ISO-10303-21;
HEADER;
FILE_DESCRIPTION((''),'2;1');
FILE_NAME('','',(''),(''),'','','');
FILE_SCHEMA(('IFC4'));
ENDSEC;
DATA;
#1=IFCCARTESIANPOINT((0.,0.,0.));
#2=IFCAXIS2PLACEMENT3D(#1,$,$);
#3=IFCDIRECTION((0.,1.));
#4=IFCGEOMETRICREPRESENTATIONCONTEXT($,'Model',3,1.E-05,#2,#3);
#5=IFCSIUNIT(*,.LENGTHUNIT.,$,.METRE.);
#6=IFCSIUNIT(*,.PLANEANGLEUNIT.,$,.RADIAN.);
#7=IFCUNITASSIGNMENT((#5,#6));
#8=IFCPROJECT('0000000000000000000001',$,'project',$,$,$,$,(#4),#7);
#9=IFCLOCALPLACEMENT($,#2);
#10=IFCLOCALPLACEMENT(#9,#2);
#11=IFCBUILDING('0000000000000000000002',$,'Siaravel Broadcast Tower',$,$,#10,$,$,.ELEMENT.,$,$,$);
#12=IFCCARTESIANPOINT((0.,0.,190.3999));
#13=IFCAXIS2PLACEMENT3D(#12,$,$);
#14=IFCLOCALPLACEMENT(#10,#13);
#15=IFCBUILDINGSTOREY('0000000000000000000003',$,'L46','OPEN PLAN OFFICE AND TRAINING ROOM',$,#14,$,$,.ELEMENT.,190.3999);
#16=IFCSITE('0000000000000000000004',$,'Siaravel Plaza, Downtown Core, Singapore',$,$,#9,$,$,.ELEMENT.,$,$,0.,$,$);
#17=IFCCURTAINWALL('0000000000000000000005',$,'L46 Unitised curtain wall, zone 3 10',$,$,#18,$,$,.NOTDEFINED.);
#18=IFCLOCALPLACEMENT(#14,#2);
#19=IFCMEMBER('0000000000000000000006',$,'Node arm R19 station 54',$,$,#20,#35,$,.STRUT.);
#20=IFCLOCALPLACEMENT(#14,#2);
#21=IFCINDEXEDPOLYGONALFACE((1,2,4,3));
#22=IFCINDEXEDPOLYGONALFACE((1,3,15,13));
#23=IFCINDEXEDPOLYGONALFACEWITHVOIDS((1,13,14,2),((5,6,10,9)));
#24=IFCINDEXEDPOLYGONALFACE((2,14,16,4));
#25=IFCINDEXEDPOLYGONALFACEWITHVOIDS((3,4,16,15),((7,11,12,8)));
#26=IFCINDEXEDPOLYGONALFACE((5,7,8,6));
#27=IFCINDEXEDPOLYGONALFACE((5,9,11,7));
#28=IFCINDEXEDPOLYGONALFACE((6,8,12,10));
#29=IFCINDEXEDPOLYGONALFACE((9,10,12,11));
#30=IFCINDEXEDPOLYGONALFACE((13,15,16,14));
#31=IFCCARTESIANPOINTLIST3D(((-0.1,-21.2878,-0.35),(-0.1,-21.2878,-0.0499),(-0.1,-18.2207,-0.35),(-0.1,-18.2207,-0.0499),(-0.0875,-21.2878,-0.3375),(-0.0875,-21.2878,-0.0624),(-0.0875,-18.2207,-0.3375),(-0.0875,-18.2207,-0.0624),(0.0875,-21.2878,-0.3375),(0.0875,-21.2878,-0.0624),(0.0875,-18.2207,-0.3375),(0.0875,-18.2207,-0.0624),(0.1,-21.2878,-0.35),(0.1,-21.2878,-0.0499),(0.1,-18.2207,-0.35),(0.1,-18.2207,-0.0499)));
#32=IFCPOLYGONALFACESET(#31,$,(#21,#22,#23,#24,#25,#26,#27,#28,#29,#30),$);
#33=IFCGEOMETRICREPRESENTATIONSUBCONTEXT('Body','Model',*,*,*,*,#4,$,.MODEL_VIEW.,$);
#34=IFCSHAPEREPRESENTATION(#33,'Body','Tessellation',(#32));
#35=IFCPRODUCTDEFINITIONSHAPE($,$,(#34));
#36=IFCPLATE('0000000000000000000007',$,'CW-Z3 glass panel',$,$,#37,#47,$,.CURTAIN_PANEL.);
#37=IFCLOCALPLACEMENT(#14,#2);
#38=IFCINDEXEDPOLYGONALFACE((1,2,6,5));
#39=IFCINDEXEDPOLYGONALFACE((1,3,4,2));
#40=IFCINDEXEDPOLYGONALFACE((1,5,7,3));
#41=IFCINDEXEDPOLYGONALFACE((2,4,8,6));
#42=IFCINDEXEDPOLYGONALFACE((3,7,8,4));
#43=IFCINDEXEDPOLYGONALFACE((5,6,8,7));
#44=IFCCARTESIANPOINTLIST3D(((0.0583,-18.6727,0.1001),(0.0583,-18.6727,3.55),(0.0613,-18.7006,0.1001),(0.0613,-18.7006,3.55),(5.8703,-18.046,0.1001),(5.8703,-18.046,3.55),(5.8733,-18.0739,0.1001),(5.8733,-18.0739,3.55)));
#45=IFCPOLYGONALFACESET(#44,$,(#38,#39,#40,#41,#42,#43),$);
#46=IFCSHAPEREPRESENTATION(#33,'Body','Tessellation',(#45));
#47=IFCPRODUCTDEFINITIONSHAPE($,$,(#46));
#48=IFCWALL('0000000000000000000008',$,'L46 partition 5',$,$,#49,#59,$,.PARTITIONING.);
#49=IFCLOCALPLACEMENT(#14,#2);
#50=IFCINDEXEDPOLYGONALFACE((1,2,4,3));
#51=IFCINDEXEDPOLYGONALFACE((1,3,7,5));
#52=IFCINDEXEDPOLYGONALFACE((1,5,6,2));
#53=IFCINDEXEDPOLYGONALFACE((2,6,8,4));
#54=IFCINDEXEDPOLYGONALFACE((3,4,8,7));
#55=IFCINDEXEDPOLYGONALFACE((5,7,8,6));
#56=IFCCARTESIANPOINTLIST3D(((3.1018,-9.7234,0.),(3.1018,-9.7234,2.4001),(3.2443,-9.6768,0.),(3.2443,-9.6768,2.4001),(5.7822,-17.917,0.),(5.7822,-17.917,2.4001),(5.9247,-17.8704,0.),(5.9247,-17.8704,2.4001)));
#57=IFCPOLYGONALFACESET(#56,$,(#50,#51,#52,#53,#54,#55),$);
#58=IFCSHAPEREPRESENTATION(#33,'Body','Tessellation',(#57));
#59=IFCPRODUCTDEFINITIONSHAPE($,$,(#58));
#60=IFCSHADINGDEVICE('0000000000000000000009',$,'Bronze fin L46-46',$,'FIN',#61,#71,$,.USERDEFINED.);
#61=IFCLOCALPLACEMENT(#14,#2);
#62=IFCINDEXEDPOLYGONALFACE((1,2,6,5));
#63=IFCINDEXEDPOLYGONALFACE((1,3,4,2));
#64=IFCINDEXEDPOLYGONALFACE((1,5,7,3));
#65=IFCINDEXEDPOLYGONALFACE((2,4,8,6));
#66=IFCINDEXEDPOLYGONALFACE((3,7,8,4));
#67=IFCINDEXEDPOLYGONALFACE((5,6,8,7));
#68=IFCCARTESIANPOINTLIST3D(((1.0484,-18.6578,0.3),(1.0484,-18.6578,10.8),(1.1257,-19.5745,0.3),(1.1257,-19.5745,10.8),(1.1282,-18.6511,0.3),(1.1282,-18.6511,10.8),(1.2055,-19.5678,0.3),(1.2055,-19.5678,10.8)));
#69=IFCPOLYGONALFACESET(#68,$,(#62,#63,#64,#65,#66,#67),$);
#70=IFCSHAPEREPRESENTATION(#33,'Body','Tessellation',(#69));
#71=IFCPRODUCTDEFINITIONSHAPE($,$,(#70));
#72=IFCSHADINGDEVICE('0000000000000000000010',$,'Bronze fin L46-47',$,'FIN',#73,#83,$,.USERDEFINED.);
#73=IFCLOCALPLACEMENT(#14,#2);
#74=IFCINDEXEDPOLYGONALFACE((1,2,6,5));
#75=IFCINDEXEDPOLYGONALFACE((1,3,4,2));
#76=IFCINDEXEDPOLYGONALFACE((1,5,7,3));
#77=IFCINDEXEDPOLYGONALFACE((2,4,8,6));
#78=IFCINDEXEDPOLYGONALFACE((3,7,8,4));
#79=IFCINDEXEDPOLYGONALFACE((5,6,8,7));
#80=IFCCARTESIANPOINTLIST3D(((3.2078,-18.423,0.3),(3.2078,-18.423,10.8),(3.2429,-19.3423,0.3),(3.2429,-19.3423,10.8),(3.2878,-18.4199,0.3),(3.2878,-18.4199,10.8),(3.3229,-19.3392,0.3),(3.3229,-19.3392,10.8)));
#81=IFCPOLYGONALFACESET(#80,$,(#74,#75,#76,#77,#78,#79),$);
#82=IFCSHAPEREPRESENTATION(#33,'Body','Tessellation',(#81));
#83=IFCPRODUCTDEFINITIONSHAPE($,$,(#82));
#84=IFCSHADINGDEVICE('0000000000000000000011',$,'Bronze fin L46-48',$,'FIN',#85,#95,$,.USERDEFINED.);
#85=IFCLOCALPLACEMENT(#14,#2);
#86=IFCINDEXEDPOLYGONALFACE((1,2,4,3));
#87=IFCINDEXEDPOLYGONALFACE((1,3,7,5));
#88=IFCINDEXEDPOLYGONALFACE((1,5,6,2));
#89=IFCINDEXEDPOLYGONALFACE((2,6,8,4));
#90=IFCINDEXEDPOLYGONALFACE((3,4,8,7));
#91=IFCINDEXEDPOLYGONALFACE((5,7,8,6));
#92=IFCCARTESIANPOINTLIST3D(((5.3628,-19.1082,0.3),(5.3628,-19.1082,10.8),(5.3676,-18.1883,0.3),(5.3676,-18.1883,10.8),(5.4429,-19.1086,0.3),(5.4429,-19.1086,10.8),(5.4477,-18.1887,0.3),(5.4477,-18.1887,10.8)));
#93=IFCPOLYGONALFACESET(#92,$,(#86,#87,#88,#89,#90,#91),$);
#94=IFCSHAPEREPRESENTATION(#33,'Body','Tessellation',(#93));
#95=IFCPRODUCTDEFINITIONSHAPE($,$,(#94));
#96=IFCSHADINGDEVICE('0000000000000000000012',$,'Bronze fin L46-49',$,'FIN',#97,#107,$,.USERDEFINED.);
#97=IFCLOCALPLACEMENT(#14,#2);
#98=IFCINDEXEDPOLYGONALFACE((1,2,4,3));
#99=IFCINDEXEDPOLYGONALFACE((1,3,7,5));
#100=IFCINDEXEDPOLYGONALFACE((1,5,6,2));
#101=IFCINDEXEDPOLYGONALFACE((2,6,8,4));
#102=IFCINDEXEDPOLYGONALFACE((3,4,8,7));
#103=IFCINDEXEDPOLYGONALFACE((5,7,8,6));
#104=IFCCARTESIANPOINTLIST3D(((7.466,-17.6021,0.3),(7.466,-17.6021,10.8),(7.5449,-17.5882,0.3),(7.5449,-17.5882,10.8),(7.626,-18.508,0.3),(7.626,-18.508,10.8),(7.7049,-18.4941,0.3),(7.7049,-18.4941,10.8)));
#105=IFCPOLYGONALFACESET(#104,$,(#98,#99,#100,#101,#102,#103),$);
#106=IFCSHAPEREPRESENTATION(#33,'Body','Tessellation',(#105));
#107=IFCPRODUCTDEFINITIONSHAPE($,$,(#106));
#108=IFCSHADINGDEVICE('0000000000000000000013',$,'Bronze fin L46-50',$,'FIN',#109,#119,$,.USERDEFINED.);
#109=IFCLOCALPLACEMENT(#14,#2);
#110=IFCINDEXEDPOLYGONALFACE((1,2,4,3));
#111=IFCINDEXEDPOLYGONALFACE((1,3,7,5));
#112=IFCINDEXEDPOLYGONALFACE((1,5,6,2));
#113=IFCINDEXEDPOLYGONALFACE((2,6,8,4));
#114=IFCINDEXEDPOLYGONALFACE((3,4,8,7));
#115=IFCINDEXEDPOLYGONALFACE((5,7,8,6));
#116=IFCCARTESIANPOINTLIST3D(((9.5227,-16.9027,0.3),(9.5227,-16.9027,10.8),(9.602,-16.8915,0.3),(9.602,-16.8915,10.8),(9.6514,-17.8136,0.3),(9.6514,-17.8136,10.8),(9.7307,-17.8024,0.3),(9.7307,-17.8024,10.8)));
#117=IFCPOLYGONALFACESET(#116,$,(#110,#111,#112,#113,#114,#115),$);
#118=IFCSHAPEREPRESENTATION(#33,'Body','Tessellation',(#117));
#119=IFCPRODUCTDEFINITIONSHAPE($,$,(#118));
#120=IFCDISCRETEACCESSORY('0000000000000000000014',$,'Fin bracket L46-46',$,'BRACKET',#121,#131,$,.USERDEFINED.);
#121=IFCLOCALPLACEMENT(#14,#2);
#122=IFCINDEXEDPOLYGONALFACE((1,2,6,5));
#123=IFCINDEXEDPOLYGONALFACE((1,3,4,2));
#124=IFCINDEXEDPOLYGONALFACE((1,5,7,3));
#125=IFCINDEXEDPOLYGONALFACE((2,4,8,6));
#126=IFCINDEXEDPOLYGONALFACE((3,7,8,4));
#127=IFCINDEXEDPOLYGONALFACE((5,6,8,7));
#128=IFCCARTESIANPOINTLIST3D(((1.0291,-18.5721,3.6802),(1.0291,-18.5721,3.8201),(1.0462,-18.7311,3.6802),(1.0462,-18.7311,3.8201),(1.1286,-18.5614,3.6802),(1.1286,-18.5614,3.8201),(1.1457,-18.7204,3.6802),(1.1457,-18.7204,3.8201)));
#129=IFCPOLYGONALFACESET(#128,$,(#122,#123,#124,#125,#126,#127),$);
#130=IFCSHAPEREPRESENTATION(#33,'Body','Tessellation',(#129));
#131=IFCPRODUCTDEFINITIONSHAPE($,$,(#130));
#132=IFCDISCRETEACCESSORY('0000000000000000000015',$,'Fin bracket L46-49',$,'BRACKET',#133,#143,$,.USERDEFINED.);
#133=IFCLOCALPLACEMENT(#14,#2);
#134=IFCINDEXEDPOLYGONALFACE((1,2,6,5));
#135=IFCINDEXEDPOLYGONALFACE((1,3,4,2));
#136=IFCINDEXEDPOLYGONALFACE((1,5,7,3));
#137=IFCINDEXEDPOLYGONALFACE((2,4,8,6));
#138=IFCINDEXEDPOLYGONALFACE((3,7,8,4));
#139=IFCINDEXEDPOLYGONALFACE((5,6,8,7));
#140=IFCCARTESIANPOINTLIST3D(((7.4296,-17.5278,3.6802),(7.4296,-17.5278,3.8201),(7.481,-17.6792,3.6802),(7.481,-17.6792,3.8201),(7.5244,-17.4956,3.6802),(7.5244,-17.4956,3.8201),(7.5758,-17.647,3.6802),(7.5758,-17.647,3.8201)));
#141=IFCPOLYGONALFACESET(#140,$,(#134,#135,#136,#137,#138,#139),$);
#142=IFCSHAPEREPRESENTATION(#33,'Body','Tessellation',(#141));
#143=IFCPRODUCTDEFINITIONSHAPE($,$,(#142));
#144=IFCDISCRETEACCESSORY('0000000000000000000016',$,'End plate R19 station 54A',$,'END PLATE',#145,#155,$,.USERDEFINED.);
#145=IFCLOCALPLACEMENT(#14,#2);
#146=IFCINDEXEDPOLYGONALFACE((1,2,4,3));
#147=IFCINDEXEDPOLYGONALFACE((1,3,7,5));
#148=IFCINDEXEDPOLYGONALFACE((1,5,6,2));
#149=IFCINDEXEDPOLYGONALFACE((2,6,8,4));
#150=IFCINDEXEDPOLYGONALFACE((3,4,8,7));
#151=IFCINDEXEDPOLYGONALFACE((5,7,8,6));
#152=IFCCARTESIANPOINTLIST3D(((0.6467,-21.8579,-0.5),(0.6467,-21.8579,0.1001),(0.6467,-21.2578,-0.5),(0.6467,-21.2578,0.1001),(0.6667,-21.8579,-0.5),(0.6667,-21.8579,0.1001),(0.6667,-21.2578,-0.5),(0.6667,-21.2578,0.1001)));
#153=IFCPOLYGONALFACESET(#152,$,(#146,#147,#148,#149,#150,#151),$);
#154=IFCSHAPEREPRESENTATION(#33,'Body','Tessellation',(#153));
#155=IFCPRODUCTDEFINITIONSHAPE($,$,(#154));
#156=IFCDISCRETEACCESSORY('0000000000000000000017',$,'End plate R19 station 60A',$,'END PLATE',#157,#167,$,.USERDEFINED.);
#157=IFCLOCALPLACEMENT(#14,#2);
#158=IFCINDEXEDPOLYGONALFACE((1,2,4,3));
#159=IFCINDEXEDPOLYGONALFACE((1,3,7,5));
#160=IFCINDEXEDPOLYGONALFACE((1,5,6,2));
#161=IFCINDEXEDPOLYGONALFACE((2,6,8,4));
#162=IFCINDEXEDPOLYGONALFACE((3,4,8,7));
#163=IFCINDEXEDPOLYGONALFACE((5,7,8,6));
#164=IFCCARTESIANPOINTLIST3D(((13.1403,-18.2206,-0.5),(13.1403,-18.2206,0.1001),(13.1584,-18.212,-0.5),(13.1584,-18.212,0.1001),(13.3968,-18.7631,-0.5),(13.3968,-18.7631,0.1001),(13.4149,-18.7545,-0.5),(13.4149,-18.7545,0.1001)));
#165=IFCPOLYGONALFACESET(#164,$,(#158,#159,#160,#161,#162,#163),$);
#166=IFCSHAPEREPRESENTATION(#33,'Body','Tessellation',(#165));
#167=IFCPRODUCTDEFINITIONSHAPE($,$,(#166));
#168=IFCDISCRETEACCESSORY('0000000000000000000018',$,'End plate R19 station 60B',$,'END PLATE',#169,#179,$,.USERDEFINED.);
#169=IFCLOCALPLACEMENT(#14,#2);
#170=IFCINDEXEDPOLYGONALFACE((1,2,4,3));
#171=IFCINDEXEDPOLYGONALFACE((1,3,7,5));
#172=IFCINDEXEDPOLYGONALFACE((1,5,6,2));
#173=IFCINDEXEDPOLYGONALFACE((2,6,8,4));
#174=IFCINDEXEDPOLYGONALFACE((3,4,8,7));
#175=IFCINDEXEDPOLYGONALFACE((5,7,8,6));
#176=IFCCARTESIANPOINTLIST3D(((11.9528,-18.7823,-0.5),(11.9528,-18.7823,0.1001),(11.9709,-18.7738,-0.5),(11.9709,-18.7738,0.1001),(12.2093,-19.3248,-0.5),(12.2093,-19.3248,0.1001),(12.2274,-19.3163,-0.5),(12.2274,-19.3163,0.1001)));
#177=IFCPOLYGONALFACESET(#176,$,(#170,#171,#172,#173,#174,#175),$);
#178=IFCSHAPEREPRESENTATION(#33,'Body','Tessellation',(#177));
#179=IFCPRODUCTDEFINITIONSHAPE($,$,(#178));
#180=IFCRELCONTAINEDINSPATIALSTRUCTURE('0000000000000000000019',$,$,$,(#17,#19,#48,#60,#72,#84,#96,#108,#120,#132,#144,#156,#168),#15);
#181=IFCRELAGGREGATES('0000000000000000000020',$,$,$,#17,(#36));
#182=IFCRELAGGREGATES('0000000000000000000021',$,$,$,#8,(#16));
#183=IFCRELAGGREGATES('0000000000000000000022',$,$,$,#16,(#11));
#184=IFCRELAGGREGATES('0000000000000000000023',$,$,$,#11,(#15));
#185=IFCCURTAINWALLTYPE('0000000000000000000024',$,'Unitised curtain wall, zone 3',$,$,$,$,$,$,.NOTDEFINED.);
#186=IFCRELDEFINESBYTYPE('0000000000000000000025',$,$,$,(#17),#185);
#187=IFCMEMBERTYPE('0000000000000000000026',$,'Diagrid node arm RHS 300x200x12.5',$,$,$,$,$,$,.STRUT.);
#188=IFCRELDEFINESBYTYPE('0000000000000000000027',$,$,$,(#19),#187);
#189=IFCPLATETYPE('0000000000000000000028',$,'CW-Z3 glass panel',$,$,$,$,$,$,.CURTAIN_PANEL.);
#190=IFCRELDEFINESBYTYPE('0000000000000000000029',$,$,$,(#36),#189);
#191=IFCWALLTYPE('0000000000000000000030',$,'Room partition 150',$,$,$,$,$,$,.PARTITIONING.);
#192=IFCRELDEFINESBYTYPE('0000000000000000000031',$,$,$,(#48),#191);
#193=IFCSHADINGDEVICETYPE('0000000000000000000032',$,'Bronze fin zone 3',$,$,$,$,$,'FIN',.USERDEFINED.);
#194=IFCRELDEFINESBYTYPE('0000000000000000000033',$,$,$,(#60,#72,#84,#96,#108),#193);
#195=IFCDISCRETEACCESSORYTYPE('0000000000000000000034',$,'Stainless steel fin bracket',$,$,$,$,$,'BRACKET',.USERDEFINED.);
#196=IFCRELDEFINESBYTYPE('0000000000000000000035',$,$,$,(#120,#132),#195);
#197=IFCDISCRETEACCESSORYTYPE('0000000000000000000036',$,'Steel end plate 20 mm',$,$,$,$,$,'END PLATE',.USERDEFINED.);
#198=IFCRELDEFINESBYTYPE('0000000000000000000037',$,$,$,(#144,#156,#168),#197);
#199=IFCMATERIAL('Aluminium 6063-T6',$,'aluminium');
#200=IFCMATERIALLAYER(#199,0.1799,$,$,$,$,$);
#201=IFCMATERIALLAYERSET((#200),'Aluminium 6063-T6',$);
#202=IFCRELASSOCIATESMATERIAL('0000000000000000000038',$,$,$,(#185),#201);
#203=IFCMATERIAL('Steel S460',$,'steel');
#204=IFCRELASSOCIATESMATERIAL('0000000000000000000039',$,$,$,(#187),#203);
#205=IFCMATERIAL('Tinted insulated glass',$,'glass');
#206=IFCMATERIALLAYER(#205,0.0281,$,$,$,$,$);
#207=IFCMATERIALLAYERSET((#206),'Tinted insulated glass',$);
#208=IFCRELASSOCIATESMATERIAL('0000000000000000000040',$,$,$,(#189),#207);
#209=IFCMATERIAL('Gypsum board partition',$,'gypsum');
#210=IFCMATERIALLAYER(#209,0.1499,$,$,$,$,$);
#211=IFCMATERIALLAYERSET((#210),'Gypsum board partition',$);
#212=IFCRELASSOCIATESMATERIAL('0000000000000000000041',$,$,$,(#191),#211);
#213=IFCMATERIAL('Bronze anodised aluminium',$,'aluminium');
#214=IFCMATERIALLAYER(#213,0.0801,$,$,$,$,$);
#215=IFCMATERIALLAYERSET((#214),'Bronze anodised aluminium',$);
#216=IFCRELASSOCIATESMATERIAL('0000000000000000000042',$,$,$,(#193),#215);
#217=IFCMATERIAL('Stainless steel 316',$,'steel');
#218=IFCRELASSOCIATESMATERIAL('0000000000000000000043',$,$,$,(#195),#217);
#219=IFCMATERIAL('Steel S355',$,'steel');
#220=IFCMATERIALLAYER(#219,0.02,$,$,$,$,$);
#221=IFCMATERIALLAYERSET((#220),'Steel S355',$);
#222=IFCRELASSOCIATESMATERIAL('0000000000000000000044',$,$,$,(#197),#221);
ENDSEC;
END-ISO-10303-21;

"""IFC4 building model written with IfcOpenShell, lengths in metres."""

from ifc_helpers import new_model, si_unit, direction, frame, frame_2d, origin, origin_2d, place, context, subcontext, project, spatial, rectangle, hollow_rectangle, extrude, material, layer, layer_set, material_profile, profile_set, type_object, element, aggregate, save


model = new_model("IFC4")

# Units and contexts
model_context = context("Model", 3, precision=1e-05, world=origin(), true_north=direction((0.0, 1.0)))
body_context = subcontext(model_context, "Body", "Model", "MODEL_VIEW")
ifc_project = project(units=[si_unit("LENGTHUNIT", "METRE"), si_unit("PLANEANGLEUNIT", "RADIAN")], contexts=[model_context])

# Site, building, storey
site_placement = place(None, origin())
site = spatial("IfcSite", under=ifc_project, at=site_placement, Name="Siaravel Plaza, Downtown Core, Singapore", CompositionType="ELEMENT", RefElevation=0.0)
building_placement = place(site_placement, origin())
building = spatial("IfcBuilding", under=site, at=building_placement, Name="Siaravel Broadcast Tower", CompositionType="ELEMENT")
storey_placement = place(building_placement, frame((0.0, 0.0, 190.3999)))
storey = spatial("IfcBuildingStorey", under=building, at=storey_placement, Name="L46", Description="OPEN PLAN OFFICE AND TRAINING ROOM", CompositionType="ELEMENT", Elevation=190.3999)

# Shared definitions
ifc_material_1 = material(Name="Steel S355", Category="steel")

# Curtain wall
ifc_material_2 = material(Name="Aluminium 6063-T6", Category="aluminium")
ifc_layer_1 = layer(ifc_material_2, 0.1799)
ifc_layer_set_1 = layer_set([ifc_layer_1], Name="Aluminium 6063-T6")
curtain_wall_type = type_object("IfcCurtainWallType", Name="Unitised curtain wall, zone 3", PredefinedType="NOTDEFINED", material=ifc_layer_set_1)
curtain_wall_placement = place(storey_placement, origin())
curtain_wall = element("IfcCurtainWall", 1, at=curtain_wall_placement, inside=storey, type_object=curtain_wall_type, Name="L46 Unitised curtain wall, zone 3 10", PredefinedType="NOTDEFINED")

# Member
ifc_material_3 = material(Name="Steel S460", Category="steel")
ifc_material_profile_1 = material_profile(ifc_material_3, hollow_rectangle(XDim=0.2, YDim=0.3, WallThickness=0.0125, at=origin_2d()))
ifc_profile_set_1 = profile_set([ifc_material_profile_1], Name="Steel S460")
member_type_1 = type_object("IfcMemberType", Name="Diagrid node arm RHS 300x200x12.5", PredefinedType="STRUT", material=ifc_profile_set_1)
member_1_placement = place(storey_placement, frame((0.0, -18.2207, -0.2), z_axis=(0.0, -1.0, 0.0), x_axis=(1.0, 0.0, 0.0)))
element("IfcMember", 2, at=member_1_placement, inside=storey, type_object=member_type_1, Name="Node arm R19 station 54", PredefinedType="STRUT", context=body_context, shape_type="SweptSolid", body=[
    extrude(hollow_rectangle(XDim=0.2, YDim=0.3, WallThickness=0.0125, at=origin_2d()), origin(), (0.0, 0.0, 1.0), 3.0671),
])

# Plate
ifc_material_4 = material(Name="Tinted insulated glass", Category="glass")
ifc_layer_2 = layer(ifc_material_4, 0.0281)
ifc_layer_set_2 = layer_set([ifc_layer_2], Name="Tinted insulated glass")
plate_type = type_object("IfcPlateType", Name="CW-Z3 glass panel", PredefinedType="CURTAIN_PANEL", material=ifc_layer_set_2)
plate_placement = place(storey_placement, frame((2.9658, -18.3733, 0.1001), z_axis=(0.0, 0.0, 1.0), x_axis=(0.994236, 0.107217, 0.0)))
plate = element("IfcPlate", 3, at=plate_placement, type_object=plate_type, Name="CW-Z3 glass panel", PredefinedType="CURTAIN_PANEL", context=body_context, shape_type="SweptSolid", body=[
    extrude(rectangle(XDim=5.8457, YDim=0.0281, at=origin_2d()), origin(), (0.0, 0.0, 1.0), 3.45),
])
aggregate(curtain_wall, [plate])

# Wall
ifc_material_5 = material(Name="Gypsum board partition", Category="gypsum")
ifc_layer_3 = layer(ifc_material_5, 0.1499)
ifc_layer_set_3 = layer_set([ifc_layer_3], Name="Gypsum board partition")
wall_type = type_object("IfcWallType", Name="Room partition 150", PredefinedType="PARTITIONING", material=ifc_layer_set_3)
wall_placement = place(storey_placement, frame((5.8535, -17.8938, 0.0), z_axis=(0.0, 0.0, 1.0), x_axis=(-0.310921, 0.950436, 0.0)))
element("IfcWall", 4, at=wall_placement, inside=storey, type_object=wall_type, Name="L46 partition 5", PredefinedType="PARTITIONING", context=body_context, shape_type="SweptSolid", body=[
    extrude(rectangle(XDim=8.6208, YDim=0.1499, at=frame_2d((4.3105, 0.0))), origin(), (0.0, 0.0, 1.0), 2.4001),
])

# Shading devices
ifc_material_6 = material(Name="Bronze anodised aluminium", Category="aluminium")
ifc_layer_4 = layer(ifc_material_6, 0.0801)
ifc_layer_set_4 = layer_set([ifc_layer_4], Name="Bronze anodised aluminium")
shading_device_type = type_object("IfcShadingDeviceType", Name="Bronze fin zone 3", ElementType="FIN", PredefinedType="USERDEFINED", material=ifc_layer_set_4)
for number, where, z_axis, x_axis, name in (
    (5, (1.127, -19.1128, 0.3), (0.0, 0.0, 1.0), (0.084107, -0.996457, 0.0), "Bronze fin L46-46"),
    (6, (3.2654, -18.8811, 0.3), (0.0, 0.0, 1.0), (0.03817, -0.999271, 0.0), "Bronze fin L46-47"),
    (7, (5.4053, -18.6484, 0.3), (0.0, 0.0, 1.0), (-0.005198, -0.999986, 0.0), "Bronze fin L46-48"),
    (8, (7.5854, -18.0481, 0.3), (0.0, 0.0, 1.0), (0.173939, -0.984756, 0.0), "Bronze fin L46-49"),
    (9, (9.6267, -17.3525, 0.3), (0.0, 0.0, 1.0), (0.139963, -0.990157, 0.0), "Bronze fin L46-50"),
):
    element("IfcShadingDevice", number, at=place(storey_placement, frame(where, z_axis=z_axis, x_axis=x_axis)), inside=storey, type_object=shading_device_type, Name=name, ObjectType="FIN", PredefinedType="USERDEFINED", context=body_context, shape_type="SweptSolid", body=[
        extrude(rectangle(XDim=0.9199, YDim=0.0801, at=origin_2d()), origin(), (0.0, 0.0, 1.0), 10.5),
    ])

# Discrete accessories
ifc_material_7 = material(Name="Stainless steel 316", Category="steel")
discrete_accessory_type_1 = type_object("IfcDiscreteAccessoryType", Name="Stainless steel fin bracket", ElementType="BRACKET", PredefinedType="USERDEFINED", material=ifc_material_7)
for number, where, z_axis, x_axis, name in (
    (10, (1.0874, -18.6462, 3.6802), (0.0, 0.0, 1.0), (0.107217, -0.994236, 0.0), "Fin bracket L46-46"),
    (11, (7.5027, -17.5874, 3.6802), (0.0, 0.0, 1.0), (0.321301, -0.946977, 0.0), "Fin bracket L46-49"),
):
    element("IfcDiscreteAccessory", number, at=place(storey_placement, frame(where, z_axis=z_axis, x_axis=x_axis)), inside=storey, type_object=discrete_accessory_type_1, Name=name, ObjectType="BRACKET", PredefinedType="USERDEFINED", context=body_context, shape_type="SweptSolid", body=[
        extrude(rectangle(XDim=0.1599, YDim=0.1001, at=origin_2d()), origin(), (0.0, 0.0, 1.0), 0.1399),
    ])
ifc_layer_5 = layer(ifc_material_1, 0.02)
ifc_layer_set_5 = layer_set([ifc_layer_5], Name="Steel S355")
discrete_accessory_type_2 = type_object("IfcDiscreteAccessoryType", Name="Steel end plate 20 mm", ElementType="END PLATE", PredefinedType="USERDEFINED", material=ifc_layer_set_5)
for number, where, z_axis, x_axis, name in (
    (12, (0.6567, -21.5579, -0.5), (0.0, 0.0, 1.0), (1.0, 0.0, 0.0), "End plate R19 station 54A"),
    (13, (13.2776, -18.4875, -0.5), (0.0, 0.0, 1.0), (0.904007, 0.427517, 0.0), "End plate R19 station 60A"),
    (14, (12.0901, -19.0493, -0.5), (0.0, 0.0, 1.0), (0.904007, 0.427517, 0.0), "End plate R19 station 60B"),
):
    element("IfcDiscreteAccessory", number, at=place(storey_placement, frame(where, z_axis=z_axis, x_axis=x_axis)), inside=storey, type_object=discrete_accessory_type_2, Name=name, ObjectType="END PLATE", PredefinedType="USERDEFINED", context=body_context, shape_type="SweptSolid", body=[
        extrude(rectangle(XDim=0.02, YDim=0.6001, at=origin_2d()), origin(), (0.0, 0.0, 1.0), 0.6001),
    ])

save(model, "model.ifc")
